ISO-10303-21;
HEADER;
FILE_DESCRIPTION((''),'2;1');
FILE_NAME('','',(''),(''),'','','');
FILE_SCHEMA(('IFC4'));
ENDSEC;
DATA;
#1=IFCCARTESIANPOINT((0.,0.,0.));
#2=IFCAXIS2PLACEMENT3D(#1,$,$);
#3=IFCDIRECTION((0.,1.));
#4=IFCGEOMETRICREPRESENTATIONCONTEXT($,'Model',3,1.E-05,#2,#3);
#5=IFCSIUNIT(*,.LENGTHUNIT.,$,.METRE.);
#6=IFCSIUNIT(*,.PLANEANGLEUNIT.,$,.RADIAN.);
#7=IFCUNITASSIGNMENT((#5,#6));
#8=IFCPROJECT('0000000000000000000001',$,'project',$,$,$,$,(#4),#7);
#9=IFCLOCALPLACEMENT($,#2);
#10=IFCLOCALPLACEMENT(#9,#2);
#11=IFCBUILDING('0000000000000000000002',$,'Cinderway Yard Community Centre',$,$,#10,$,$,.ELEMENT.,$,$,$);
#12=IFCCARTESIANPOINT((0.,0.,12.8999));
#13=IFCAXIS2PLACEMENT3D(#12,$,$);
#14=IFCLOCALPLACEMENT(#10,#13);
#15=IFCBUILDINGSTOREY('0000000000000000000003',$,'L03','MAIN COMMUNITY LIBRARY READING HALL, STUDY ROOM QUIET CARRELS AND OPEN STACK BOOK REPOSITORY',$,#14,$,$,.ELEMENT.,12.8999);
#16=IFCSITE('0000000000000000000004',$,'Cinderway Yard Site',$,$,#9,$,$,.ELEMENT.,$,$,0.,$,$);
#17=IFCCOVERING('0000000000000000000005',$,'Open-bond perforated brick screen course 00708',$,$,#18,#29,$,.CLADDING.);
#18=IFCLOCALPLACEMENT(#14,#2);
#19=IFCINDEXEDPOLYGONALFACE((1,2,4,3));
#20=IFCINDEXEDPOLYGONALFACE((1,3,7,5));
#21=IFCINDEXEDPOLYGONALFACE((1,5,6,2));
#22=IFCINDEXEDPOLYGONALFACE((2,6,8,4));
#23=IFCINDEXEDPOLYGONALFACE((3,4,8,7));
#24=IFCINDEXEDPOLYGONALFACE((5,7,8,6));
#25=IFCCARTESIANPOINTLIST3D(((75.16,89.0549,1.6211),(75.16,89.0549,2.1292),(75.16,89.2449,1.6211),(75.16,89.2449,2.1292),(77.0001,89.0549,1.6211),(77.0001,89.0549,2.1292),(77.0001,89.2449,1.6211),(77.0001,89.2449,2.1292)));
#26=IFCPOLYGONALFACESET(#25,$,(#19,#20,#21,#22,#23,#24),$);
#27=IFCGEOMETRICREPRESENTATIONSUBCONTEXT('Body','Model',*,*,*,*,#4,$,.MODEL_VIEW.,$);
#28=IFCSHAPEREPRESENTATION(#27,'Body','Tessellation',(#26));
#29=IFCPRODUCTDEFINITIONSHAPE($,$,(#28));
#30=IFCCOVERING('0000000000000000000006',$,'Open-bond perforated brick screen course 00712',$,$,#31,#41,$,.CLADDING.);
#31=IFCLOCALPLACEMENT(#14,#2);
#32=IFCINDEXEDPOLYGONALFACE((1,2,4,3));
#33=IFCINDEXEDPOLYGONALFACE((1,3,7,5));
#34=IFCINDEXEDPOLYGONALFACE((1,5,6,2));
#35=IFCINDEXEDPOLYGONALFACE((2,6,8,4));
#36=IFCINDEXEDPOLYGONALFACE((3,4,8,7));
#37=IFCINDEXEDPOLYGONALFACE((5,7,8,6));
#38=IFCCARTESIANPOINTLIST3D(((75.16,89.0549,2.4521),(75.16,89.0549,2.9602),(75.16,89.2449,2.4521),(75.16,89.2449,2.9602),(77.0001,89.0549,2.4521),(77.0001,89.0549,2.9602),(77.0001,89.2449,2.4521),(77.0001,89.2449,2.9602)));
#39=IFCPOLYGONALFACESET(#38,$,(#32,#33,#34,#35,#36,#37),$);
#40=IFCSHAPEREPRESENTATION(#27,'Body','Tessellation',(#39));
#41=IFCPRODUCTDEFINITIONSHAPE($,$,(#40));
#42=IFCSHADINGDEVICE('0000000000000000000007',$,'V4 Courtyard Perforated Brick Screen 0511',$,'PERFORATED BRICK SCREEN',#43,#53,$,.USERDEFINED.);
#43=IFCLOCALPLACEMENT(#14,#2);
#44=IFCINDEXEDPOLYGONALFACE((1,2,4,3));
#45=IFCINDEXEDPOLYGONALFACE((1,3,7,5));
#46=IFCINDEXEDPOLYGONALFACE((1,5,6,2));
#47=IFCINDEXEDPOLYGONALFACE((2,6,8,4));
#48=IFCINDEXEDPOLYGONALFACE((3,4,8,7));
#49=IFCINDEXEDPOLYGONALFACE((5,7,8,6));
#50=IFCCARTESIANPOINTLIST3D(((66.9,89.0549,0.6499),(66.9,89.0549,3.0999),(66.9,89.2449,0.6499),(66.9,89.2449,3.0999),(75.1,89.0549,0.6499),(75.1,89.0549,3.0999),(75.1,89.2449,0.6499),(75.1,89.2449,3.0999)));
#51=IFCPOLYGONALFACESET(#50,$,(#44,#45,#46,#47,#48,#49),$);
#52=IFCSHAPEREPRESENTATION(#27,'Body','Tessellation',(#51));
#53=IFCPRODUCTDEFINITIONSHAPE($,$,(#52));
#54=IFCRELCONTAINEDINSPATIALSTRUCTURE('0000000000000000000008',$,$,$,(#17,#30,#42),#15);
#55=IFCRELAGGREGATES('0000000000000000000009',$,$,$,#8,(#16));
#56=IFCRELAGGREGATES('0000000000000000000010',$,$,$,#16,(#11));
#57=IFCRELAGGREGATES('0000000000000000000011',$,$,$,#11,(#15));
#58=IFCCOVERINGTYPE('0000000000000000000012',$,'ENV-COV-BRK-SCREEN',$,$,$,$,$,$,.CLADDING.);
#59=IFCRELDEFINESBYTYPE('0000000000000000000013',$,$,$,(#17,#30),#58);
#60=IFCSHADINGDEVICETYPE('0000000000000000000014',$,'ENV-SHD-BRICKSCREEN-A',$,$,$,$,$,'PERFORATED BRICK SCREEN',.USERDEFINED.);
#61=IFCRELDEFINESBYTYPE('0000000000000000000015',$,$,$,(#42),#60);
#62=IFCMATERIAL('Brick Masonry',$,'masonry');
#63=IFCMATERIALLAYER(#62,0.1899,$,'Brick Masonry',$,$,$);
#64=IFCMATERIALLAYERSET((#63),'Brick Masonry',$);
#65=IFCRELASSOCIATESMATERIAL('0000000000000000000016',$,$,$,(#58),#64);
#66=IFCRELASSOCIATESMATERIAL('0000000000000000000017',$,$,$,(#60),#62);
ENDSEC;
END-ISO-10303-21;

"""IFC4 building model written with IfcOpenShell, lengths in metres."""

from ifc_helpers import new_model, si_unit, direction, frame, origin, origin_2d, place, context, subcontext, project, spatial, rectangle, extrude, material, layer, layer_set, type_object, element, save


model = new_model("IFC4")

# Units and contexts
model_context = context("Model", 3, precision=1e-05, world=origin(), true_north=direction((0.0, 1.0)))
body_context = subcontext(model_context, "Body", "Model", "MODEL_VIEW")
ifc_project = project(units=[si_unit("LENGTHUNIT", "METRE"), si_unit("PLANEANGLEUNIT", "RADIAN")], contexts=[model_context])

# Site, building, storey
site_placement = place(None, origin())
site = spatial("IfcSite", under=ifc_project, at=site_placement, Name="Cinderway Yard Site", CompositionType="ELEMENT", RefElevation=0.0)
building_placement = place(site_placement, origin())
building = spatial("IfcBuilding", under=site, at=building_placement, Name="Cinderway Yard Community Centre", CompositionType="ELEMENT")
storey_placement = place(building_placement, frame((0.0, 0.0, 12.8999)))
storey = spatial("IfcBuildingStorey", under=building, at=storey_placement, Name="L03", Description="MAIN COMMUNITY LIBRARY READING HALL, STUDY ROOM QUIET CARRELS AND OPEN STACK BOOK REPOSITORY", CompositionType="ELEMENT", Elevation=12.8999)

# Coverings
ifc_material_1 = material(Name="Brick Masonry", Category="masonry")
ifc_layer_1 = layer(ifc_material_1, 0.1899, Name="Brick Masonry")
ifc_layer_set_1 = layer_set([ifc_layer_1], Name="Brick Masonry")
covering_type = type_object("IfcCoveringType", Name="ENV-COV-BRK-SCREEN", PredefinedType="CLADDING", material=ifc_layer_set_1)
for number, where, z_axis, x_axis, name in (
    (1, (76.0801, 89.1499, 1.6211), (0.0, 0.0, 1.0), (-1.0, 0.0, 0.0), "Open-bond perforated brick screen course 00708"),
    (2, (76.0801, 89.1499, 2.4521), (0.0, 0.0, 1.0), (-1.0, 0.0, 0.0), "Open-bond perforated brick screen course 00712"),
):
    element("IfcCovering", number, at=place(storey_placement, frame(where, z_axis=z_axis, x_axis=x_axis)), inside=storey, type_object=covering_type, Name=name, PredefinedType="CLADDING", context=body_context, shape_type="SweptSolid", body=[
        extrude(rectangle(XDim=1.8401, YDim=0.1899, at=origin_2d()), origin(), (0.0, 0.0, 1.0), 0.5081),
    ])

# Shading device
shading_device_type = type_object("IfcShadingDeviceType", Name="ENV-SHD-BRICKSCREEN-A", ElementType="PERFORATED BRICK SCREEN", PredefinedType="USERDEFINED", material=ifc_material_1)
shading_device_placement = place(storey_placement, frame((71.0, 89.1499, 0.6499), z_axis=(0.0, 0.0, 1.0), x_axis=(-1.0, 0.0, 0.0)))
element("IfcShadingDevice", 3, at=shading_device_placement, inside=storey, type_object=shading_device_type, Name="V4 Courtyard Perforated Brick Screen 0511", ObjectType="PERFORATED BRICK SCREEN", PredefinedType="USERDEFINED", context=body_context, shape_type="SweptSolid", body=[
    extrude(rectangle(XDim=8.2, YDim=0.1899, at=origin_2d()), origin(), (0.0, 0.0, 1.0), 2.45),
])

save(model, "model.ifc")
